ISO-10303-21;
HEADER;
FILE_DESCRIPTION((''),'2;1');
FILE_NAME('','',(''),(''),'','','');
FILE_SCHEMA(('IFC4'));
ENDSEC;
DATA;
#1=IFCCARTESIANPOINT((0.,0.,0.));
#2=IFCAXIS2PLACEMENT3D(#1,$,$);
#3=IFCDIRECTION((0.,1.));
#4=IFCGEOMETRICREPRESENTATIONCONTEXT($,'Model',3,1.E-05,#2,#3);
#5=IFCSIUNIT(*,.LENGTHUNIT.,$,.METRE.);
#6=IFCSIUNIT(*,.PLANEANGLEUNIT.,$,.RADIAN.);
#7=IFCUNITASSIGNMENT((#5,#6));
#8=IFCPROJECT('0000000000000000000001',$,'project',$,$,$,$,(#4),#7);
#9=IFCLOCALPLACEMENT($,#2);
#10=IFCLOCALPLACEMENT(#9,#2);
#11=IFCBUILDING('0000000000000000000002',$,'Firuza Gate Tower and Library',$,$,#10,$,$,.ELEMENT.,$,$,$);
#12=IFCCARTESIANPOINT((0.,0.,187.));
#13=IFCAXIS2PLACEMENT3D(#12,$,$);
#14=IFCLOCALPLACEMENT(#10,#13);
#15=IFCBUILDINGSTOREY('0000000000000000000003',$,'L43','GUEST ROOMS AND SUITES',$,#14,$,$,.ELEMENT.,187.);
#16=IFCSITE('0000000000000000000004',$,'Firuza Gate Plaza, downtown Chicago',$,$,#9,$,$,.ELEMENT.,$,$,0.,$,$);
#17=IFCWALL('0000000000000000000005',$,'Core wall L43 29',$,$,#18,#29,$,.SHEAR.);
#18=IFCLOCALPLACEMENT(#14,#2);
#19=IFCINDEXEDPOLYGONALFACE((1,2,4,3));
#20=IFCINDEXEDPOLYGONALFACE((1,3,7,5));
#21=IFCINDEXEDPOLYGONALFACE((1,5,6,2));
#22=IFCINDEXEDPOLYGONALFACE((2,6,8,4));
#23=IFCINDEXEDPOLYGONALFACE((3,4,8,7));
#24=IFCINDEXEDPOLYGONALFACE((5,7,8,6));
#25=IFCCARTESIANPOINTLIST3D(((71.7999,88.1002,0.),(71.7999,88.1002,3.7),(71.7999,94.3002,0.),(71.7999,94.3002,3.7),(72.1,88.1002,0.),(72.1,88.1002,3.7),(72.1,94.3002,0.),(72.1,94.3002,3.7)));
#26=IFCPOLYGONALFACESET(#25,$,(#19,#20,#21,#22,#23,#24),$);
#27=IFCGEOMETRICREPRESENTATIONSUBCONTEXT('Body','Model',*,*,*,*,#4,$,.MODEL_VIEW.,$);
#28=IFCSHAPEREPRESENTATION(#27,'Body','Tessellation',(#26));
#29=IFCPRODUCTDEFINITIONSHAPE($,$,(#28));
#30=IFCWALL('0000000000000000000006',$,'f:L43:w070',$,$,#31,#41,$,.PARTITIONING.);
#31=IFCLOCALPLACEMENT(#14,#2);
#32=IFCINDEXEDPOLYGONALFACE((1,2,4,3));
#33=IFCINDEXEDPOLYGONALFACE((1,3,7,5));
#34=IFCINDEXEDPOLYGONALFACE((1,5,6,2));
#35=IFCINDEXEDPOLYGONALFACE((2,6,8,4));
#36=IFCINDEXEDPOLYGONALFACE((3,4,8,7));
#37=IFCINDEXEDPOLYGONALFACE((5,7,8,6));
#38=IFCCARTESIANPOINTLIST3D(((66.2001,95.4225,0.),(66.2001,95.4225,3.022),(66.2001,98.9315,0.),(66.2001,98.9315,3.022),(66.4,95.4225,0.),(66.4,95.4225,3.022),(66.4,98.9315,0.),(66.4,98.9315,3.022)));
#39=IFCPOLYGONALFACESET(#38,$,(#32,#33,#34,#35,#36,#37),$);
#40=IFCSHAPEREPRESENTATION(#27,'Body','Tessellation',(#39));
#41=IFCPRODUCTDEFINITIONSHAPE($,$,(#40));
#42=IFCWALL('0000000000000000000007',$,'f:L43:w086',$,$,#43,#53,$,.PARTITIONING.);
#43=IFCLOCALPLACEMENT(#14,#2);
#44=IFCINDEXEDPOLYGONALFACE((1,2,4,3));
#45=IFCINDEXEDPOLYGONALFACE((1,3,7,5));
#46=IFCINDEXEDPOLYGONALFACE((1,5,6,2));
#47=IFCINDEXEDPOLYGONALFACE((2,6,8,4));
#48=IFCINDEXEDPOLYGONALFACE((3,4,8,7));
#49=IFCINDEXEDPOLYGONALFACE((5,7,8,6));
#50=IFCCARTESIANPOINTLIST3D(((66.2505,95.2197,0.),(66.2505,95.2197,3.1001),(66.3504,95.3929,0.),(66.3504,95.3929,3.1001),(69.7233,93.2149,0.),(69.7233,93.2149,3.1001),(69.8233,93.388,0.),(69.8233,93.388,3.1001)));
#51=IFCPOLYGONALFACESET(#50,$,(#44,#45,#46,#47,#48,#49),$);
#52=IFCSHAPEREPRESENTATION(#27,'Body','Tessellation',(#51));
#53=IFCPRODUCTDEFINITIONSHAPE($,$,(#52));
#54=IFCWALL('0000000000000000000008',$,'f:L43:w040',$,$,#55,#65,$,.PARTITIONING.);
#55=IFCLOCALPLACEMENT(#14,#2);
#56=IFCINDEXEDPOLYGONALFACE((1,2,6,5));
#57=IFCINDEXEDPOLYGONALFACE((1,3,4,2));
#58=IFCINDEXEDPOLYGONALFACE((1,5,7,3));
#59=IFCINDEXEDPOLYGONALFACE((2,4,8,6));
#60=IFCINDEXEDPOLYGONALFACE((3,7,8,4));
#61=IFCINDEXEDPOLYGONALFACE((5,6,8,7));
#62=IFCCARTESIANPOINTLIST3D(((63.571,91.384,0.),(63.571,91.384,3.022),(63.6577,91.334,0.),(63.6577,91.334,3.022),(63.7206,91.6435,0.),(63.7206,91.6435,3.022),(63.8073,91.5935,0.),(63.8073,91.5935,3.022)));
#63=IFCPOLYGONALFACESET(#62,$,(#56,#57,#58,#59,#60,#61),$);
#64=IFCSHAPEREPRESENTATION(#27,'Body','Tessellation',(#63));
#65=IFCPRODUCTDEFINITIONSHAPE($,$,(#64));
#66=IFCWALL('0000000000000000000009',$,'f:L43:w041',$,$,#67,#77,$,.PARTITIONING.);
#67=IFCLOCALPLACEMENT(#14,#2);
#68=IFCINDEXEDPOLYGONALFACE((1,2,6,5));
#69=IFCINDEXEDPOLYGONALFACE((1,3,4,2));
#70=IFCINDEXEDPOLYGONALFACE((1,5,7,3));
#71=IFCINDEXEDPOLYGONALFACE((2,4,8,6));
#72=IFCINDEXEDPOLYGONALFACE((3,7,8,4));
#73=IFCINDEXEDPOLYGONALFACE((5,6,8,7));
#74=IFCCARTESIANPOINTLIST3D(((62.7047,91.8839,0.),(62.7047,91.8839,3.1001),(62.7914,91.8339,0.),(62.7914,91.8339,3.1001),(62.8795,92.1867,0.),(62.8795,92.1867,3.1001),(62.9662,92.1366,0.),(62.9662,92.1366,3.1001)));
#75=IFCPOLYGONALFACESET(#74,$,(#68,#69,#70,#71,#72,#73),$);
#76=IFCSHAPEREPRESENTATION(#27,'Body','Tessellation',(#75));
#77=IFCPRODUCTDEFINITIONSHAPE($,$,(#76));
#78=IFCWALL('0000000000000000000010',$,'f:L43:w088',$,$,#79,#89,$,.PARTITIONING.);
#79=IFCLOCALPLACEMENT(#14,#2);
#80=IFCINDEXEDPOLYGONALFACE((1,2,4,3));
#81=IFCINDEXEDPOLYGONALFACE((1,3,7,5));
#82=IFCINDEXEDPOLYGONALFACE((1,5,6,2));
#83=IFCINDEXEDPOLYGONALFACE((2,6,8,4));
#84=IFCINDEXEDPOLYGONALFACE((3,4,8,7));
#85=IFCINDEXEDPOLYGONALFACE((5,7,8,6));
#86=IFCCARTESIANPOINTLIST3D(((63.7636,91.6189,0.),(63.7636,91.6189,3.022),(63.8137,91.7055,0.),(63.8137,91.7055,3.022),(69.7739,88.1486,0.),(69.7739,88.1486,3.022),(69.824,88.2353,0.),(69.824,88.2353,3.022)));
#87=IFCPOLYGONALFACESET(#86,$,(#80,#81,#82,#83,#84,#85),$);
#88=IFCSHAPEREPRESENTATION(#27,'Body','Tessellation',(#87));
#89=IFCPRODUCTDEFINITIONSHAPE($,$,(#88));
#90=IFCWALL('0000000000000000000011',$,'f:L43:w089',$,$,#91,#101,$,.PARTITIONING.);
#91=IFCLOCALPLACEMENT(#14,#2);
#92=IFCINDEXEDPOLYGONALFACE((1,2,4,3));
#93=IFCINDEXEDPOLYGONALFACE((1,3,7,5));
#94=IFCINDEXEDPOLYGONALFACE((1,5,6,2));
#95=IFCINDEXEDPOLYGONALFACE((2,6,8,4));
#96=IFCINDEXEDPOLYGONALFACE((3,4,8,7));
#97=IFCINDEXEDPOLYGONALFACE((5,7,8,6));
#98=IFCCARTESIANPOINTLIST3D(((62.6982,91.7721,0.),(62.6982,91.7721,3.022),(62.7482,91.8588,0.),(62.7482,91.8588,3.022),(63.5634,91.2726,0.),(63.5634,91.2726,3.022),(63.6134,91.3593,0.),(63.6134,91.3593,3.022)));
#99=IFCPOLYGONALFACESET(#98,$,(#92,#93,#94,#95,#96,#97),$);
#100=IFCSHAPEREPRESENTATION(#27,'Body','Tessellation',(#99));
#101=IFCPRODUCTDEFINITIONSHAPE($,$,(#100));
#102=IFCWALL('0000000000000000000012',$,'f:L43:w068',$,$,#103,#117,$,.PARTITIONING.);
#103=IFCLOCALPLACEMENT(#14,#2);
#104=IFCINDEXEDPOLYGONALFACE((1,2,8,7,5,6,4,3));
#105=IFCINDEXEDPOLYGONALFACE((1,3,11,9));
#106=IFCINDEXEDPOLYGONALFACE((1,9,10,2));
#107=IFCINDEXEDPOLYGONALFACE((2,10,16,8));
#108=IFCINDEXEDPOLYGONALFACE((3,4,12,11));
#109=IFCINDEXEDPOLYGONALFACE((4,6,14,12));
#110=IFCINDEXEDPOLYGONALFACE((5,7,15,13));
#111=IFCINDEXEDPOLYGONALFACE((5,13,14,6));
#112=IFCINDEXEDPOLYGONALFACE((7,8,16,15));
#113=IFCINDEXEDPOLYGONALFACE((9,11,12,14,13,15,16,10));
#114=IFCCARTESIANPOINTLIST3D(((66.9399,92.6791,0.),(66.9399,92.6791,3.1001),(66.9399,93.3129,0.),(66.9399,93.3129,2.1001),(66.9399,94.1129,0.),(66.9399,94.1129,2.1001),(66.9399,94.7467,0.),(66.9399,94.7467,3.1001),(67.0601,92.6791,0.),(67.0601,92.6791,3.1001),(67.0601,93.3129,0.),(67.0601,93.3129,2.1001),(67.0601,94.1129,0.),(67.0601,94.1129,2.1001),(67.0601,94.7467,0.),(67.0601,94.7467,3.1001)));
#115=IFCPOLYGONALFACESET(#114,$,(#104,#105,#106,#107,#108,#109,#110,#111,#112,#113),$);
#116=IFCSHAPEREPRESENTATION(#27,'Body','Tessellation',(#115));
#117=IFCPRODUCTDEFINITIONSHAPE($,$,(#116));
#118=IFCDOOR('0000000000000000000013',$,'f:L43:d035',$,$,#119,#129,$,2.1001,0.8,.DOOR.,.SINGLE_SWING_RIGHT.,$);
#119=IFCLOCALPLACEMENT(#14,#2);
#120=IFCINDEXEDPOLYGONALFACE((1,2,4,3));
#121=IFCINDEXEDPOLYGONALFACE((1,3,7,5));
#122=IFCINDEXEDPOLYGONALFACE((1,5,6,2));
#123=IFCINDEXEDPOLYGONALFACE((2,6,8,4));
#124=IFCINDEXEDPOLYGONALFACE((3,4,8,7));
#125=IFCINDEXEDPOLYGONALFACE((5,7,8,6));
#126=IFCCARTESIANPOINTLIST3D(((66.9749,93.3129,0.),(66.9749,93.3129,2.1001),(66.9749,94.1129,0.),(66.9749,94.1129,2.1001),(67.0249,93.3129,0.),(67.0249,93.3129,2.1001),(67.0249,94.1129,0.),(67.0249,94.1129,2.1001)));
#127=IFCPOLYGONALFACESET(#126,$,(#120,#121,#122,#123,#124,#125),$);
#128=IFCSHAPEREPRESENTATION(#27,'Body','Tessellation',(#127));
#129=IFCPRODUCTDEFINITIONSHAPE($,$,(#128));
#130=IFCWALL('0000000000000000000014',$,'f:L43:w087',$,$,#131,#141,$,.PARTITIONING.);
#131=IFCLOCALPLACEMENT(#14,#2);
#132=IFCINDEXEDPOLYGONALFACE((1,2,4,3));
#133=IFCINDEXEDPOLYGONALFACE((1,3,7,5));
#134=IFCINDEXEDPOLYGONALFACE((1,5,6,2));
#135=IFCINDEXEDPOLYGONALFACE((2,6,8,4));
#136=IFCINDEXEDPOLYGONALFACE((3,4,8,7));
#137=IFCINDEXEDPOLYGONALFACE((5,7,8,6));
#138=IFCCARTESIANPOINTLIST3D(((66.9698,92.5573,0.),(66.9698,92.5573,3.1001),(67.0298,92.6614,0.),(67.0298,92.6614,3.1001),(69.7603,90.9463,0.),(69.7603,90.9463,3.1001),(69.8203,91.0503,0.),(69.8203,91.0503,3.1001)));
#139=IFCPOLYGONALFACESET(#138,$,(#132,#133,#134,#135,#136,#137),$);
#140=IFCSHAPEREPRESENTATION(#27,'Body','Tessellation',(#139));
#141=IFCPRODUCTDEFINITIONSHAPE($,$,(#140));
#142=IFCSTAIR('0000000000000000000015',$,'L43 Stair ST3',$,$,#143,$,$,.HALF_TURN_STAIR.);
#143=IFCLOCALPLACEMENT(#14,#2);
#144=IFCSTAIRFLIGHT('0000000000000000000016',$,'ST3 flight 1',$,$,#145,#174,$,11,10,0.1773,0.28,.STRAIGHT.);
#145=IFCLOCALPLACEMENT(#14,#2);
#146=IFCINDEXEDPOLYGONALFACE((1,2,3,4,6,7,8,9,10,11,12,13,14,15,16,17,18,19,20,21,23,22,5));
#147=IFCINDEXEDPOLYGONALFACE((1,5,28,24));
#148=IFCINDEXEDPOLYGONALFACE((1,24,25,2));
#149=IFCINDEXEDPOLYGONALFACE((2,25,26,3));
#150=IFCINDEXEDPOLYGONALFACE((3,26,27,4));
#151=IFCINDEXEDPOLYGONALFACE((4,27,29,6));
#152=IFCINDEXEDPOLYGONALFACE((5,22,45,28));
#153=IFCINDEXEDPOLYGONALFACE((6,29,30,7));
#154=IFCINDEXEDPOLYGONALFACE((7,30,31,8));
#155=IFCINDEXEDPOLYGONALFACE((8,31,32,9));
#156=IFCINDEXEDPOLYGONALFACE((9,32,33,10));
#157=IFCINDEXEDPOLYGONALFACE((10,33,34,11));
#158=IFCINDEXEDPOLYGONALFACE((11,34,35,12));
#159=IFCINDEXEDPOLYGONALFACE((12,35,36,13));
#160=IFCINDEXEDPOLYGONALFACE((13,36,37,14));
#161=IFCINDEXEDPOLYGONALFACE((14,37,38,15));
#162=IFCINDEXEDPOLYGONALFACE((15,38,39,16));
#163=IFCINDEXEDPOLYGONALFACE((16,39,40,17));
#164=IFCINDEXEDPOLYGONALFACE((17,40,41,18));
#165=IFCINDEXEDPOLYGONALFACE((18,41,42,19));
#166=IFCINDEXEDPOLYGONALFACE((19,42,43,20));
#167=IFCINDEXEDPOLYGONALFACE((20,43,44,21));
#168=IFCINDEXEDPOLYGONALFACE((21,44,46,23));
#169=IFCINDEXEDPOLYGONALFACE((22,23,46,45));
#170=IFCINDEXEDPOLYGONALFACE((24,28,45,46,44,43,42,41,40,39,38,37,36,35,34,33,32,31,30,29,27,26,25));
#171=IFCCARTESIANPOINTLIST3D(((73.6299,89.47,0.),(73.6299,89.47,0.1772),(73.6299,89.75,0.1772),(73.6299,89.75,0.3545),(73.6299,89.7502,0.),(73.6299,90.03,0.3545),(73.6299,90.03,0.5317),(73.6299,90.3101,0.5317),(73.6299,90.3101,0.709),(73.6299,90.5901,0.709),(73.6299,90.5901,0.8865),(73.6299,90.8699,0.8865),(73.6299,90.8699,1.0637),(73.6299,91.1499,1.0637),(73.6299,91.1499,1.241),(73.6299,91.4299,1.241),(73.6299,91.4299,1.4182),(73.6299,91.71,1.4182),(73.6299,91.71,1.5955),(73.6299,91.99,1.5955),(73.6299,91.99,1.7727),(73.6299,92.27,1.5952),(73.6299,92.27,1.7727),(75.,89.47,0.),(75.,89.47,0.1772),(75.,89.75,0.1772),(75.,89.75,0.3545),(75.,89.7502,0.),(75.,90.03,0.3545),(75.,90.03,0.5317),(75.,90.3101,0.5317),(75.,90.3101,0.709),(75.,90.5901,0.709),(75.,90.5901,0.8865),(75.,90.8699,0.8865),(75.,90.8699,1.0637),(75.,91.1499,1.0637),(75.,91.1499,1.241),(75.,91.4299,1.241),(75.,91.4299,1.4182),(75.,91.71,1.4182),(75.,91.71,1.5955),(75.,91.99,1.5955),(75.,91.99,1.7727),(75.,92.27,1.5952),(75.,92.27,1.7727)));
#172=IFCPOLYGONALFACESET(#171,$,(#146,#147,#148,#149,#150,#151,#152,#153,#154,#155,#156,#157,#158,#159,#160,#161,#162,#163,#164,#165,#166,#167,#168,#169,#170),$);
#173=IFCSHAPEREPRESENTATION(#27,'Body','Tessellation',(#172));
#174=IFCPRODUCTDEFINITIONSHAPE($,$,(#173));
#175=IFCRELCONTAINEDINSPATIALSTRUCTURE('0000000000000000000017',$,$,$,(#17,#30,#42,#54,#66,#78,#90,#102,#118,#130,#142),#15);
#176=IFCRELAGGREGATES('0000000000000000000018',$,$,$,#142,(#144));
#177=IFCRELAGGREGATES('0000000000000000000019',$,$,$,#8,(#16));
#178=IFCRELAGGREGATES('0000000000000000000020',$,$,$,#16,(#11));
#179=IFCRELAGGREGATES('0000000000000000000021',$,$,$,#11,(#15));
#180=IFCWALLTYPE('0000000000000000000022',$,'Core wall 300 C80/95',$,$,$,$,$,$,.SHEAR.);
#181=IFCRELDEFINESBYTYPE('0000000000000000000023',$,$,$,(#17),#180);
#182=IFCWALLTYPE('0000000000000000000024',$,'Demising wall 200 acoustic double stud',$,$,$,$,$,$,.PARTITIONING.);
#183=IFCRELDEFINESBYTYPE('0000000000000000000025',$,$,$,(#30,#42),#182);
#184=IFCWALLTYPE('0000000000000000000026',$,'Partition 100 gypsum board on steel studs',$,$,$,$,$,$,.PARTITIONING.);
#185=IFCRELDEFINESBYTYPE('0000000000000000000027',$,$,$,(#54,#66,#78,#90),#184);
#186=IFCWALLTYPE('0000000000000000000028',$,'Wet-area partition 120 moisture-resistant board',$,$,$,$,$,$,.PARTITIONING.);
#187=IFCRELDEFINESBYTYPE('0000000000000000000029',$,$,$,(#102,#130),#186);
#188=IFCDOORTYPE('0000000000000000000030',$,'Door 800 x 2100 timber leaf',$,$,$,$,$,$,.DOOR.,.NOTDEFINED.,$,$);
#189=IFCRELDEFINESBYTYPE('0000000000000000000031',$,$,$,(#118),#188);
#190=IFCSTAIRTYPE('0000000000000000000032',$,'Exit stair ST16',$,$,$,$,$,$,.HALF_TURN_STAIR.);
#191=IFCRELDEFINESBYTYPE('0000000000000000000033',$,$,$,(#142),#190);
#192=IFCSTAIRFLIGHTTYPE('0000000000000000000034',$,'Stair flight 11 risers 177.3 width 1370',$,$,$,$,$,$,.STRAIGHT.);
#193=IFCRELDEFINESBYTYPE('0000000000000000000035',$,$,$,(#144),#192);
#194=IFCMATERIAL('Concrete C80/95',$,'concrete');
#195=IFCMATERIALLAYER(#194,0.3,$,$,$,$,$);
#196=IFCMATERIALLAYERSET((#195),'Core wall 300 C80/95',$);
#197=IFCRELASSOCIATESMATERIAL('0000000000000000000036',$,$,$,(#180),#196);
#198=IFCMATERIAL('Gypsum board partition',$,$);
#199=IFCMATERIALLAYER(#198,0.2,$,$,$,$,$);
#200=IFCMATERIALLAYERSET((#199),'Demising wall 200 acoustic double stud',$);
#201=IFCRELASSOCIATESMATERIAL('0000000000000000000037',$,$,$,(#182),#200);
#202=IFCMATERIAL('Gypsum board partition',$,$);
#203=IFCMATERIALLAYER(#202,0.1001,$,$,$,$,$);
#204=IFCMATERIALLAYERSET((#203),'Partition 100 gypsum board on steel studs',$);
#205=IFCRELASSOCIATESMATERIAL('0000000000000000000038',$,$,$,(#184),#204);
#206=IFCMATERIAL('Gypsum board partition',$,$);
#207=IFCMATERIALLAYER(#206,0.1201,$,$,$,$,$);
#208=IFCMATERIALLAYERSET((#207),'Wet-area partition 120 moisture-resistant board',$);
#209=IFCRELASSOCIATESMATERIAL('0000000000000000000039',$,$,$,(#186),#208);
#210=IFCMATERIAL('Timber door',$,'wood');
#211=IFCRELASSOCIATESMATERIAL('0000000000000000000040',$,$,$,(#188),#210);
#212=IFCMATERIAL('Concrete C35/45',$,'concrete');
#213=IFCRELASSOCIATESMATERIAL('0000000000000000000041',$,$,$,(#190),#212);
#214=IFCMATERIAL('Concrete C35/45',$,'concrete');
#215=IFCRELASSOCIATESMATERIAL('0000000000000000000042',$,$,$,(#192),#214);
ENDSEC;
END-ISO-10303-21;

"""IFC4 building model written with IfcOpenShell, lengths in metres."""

from ifc_helpers import new_model, si_unit, direction, frame, frame_2d, origin, place, context, subcontext, project, spatial, polyline, rectangle, outline, extrude, material, layer, layer_set, type_object, element, fill, aggregate, save


model = new_model("IFC4")

# Units and contexts
model_context = context("Model", 3, precision=1e-05, world=origin(), true_north=direction((0.0, 1.0)))
body_context = subcontext(model_context, "Body", "Model", "MODEL_VIEW")
ifc_project = project(units=[si_unit("LENGTHUNIT", "METRE"), si_unit("PLANEANGLEUNIT", "RADIAN")], contexts=[model_context])

# Site, building, storey
site_placement = place(None, origin())
site = spatial("IfcSite", under=ifc_project, at=site_placement, Name="Firuza Gate Plaza, downtown Chicago", CompositionType="ELEMENT", RefElevation=0.0)
building_placement = place(site_placement, origin())
building = spatial("IfcBuilding", under=site, at=building_placement, Name="Firuza Gate Tower and Library", CompositionType="ELEMENT")
storey_placement = place(building_placement, frame((0.0, 0.0, 187.0)))
storey = spatial("IfcBuildingStorey", under=building, at=storey_placement, Name="L43", Description="GUEST ROOMS AND SUITES", CompositionType="ELEMENT", Elevation=187.0)

# Shared definitions
ifc_material_1 = material(Name="Concrete C80/95", Category="concrete")
ifc_layer_1 = layer(ifc_material_1, 0.3)
ifc_layer_set_1 = layer_set([ifc_layer_1], Name="Core wall 300 C80/95")
wall_type_1 = type_object("IfcWallType", Name="Core wall 300 C80/95", PredefinedType="SHEAR", material=ifc_layer_set_1)

# Walls
wall_1_placement = place(storey_placement, frame((71.95, 88.1001, 0.0), z_axis=(0.0, 0.0, 1.0), x_axis=(0.0, 1.0, 0.0)))
element("IfcWall", 1, at=wall_1_placement, inside=storey, type_object=wall_type_1, Name="Core wall L43 29", PredefinedType="SHEAR", context=body_context, shape_type="SweptSolid", body=[
    extrude(rectangle(XDim=6.2, YDim=0.3, at=frame_2d((3.1001, 0.0))), origin(), (0.0, 0.0, 1.0), 3.7),
])
ifc_material_2 = material(Name="Gypsum board partition")
ifc_layer_2 = layer(ifc_material_2, 0.2)
ifc_layer_set_2 = layer_set([ifc_layer_2], Name="Demising wall 200 acoustic double stud")
wall_type_2 = type_object("IfcWallType", Name="Demising wall 200 acoustic double stud", PredefinedType="PARTITIONING", material=ifc_layer_set_2)
wall_2_placement = place(storey_placement, frame((66.3, 95.4226, 0.0), z_axis=(0.0, 0.0, 1.0), x_axis=(0.0, 1.0, 0.0)))
element("IfcWall", 2, at=wall_2_placement, inside=storey, type_object=wall_type_2, Name="f:L43:w070", PredefinedType="PARTITIONING", context=body_context, shape_type="SweptSolid", body=[
    extrude(rectangle(XDim=3.509, YDim=0.2, at=frame_2d((1.7544, 0.0))), origin(), (0.0, 0.0, 1.0), 3.022),
])
wall_3_placement = place(storey_placement, frame((69.7732, 93.3015, 0.0), z_axis=(0.0, 0.0, 1.0), x_axis=(-0.866047, 0.499963, 0.0)))
element("IfcWall", 3, at=wall_3_placement, inside=storey, type_object=wall_type_2, Name="f:L43:w086", PredefinedType="PARTITIONING", context=body_context, shape_type="SweptSolid", body=[
    extrude(rectangle(XDim=4.01, YDim=0.2, at=frame_2d((2.0049, 0.0))), origin(), (0.0, 0.0, 1.0), 3.1001),
])
ifc_material_3 = material(Name="Gypsum board partition")
ifc_layer_3 = layer(ifc_material_3, 0.1001)
ifc_layer_set_3 = layer_set([ifc_layer_3], Name="Partition 100 gypsum board on steel studs")
wall_type_3 = type_object("IfcWallType", Name="Partition 100 gypsum board on steel studs", PredefinedType="PARTITIONING", material=ifc_layer_set_3)
wall_4_placement = place(storey_placement, frame((63.6143, 91.3589, 0.0), z_axis=(0.0, 0.0, 1.0), x_axis=(0.499558, 0.866281, 0.0)))
element("IfcWall", 4, at=wall_4_placement, inside=storey, type_object=wall_type_3, Name="f:L43:w040", PredefinedType="PARTITIONING", context=body_context, shape_type="SweptSolid", body=[
    extrude(rectangle(XDim=0.2996, YDim=0.1001, at=frame_2d((0.1499, 0.0))), origin(), (0.0, 0.0, 1.0), 3.022),
])
wall_5_placement = place(storey_placement, frame((62.748, 91.8589, 0.0), z_axis=(0.0, 0.0, 1.0), x_axis=(0.500045, 0.865999, 0.0)))
element("IfcWall", 5, at=wall_5_placement, inside=storey, type_object=wall_type_3, Name="f:L43:w041", PredefinedType="PARTITIONING", context=body_context, shape_type="SweptSolid", body=[
    extrude(rectangle(XDim=0.3496, YDim=0.1001, at=frame_2d((0.1748, 0.0))), origin(), (0.0, 0.0, 1.0), 3.1001),
])
wall_6_placement = place(storey_placement, frame((69.7991, 88.1919, 0.0), z_axis=(0.0, 0.0, 1.0), x_axis=(-0.866013, 0.500021, 0.0)))
element("IfcWall", 6, at=wall_6_placement, inside=storey, type_object=wall_type_3, Name="f:L43:w088", PredefinedType="PARTITIONING", context=body_context, shape_type="SweptSolid", body=[
    extrude(rectangle(XDim=6.9402, YDim=0.1001, at=frame_2d((3.4702, 0.0))), origin(), (0.0, 0.0, 1.0), 3.022),
])
wall_7_placement = place(storey_placement, frame((63.5884, 91.3159, 0.0), z_axis=(0.0, 0.0, 1.0), x_axis=(-0.866039, 0.499976, 0.0)))
element("IfcWall", 7, at=wall_7_placement, inside=storey, type_object=wall_type_3, Name="f:L43:w089", PredefinedType="PARTITIONING", context=body_context, shape_type="SweptSolid", body=[
    extrude(rectangle(XDim=0.999, YDim=0.1001, at=frame_2d((0.4995, 0.0))), origin(), (0.0, 0.0, 1.0), 3.022),
])

# Wall, opening, door
ifc_material_4 = material(Name="Gypsum board partition")
ifc_layer_4 = layer(ifc_material_4, 0.1201)
ifc_layer_set_4 = layer_set([ifc_layer_4], Name="Wet-area partition 120 moisture-resistant board")
wall_type_4 = type_object("IfcWallType", Name="Wet-area partition 120 moisture-resistant board", PredefinedType="PARTITIONING", material=ifc_layer_set_4)
wall_8_placement = place(storey_placement, frame((67.0, 94.7466, 0.0), z_axis=(0.0, 0.0, 1.0), x_axis=(0.0, -1.0, 0.0)))
wall_8 = element("IfcWall", 8, at=wall_8_placement, inside=storey, type_object=wall_type_4, Name="f:L43:w068", PredefinedType="PARTITIONING", context=body_context, shape_type="SweptSolid", body=[
    extrude(rectangle(XDim=2.0676, YDim=0.1201, at=frame_2d((1.0337, 0.0))), origin(), (0.0, 0.0, 1.0), 3.1001),
])
opening_1_placement = place(wall_8_placement, frame((0.6338, 0.0, 0.0)))
opening_1 = element("IfcOpeningElement", 9, at=opening_1_placement, cuts=wall_8, PredefinedType="OPENING", context=body_context, shape_type="SweptSolid", body=[
    extrude(rectangle(XDim=0.8, YDim=2.1001, at=frame_2d((0.3999, 1.05))), frame((0.0, 0.0701, 0.0), z_axis=(0.0, -1.0, 0.0), x_axis=(1.0, 0.0, 0.0)), (0.0, 0.0, 1.0), 0.1401),
])
ifc_material_5 = material(Name="Timber door", Category="wood")
door_type_1 = type_object("IfcDoorType", Name="Door 800 x 2100 timber leaf", OperationType="NOTDEFINED", PredefinedType="DOOR", material=ifc_material_5)
door_1_placement = place(opening_1_placement, origin())
door_1 = element("IfcDoor", 10, at=door_1_placement, inside=storey, type_object=door_type_1, Name="f:L43:d035", OperationType="SINGLE_SWING_RIGHT", OverallHeight=2.1001, OverallWidth=0.8, PredefinedType="DOOR", context=body_context, shape_type="SweptSolid", body=[
    extrude(rectangle(XDim=0.8, YDim=2.1001, at=frame_2d((0.3999, 1.05))), frame((0.0, 0.0249, 0.0), z_axis=(0.0, -1.0, 0.0), x_axis=(1.0, 0.0, 0.0)), (0.0, 0.0, 1.0), 0.05),
])
fill(opening_1, door_1)

# Wall
wall_9_placement = place(storey_placement, frame((69.7903, 90.9983, 0.0), z_axis=(0.0, 0.0, 1.0), x_axis=(-0.866029, 0.499994, 0.0)))
element("IfcWall", 11, at=wall_9_placement, inside=storey, type_object=wall_type_4, Name="f:L43:w087", PredefinedType="PARTITIONING", context=body_context, shape_type="SweptSolid", body=[
    extrude(rectangle(XDim=3.2222, YDim=0.1201, at=frame_2d((1.6111, 0.0))), origin(), (0.0, 0.0, 1.0), 3.1001),
])

# Stair, stair flight
ifc_material_6 = material(Name="Concrete C35/45", Category="concrete")
stair_type = type_object("IfcStairType", Name="Exit stair ST16", PredefinedType="HALF_TURN_STAIR", material=ifc_material_6)
stair_placement = place(storey_placement, origin())
stair = element("IfcStair", 12, at=stair_placement, inside=storey, type_object=stair_type, Name="L43 Stair ST3", PredefinedType="HALF_TURN_STAIR")
ifc_material_7 = material(Name="Concrete C35/45", Category="concrete")
stair_flight_type = type_object("IfcStairFlightType", Name="Stair flight 11 risers 177.3 width 1370", PredefinedType="STRAIGHT", material=ifc_material_7)
stair_flight_1_placement = place(storey_placement, frame((74.3149, 89.47, 0.0), z_axis=(0.0, 0.0, 1.0), x_axis=(0.0, 1.0, 0.0)))
stair_flight_1 = element("IfcStairFlight", 13, at=stair_flight_1_placement, type_object=stair_flight_type, Name="ST3 flight 1", NumberOfRisers=11, NumberOfTreads=10, PredefinedType="STRAIGHT", RiserHeight=0.1773, TreadLength=0.28, context=body_context, shape_type="SweptSolid", body=[
    extrude(outline(polyline([(0.0, 0.0), (0.0, 0.1772), (0.28, 0.1772), (0.28, 0.3545), (0.5601, 0.3545), (0.5601, 0.5317), (0.8401, 0.5317), (0.8401, 0.709), (1.1201, 0.709), (1.1201, 0.8865), (1.3999, 0.8865), (1.3999, 1.0637), (1.6799, 1.0637), (1.6799, 1.241), (1.96, 1.241), (1.96, 1.4182), (2.24, 1.4182), (2.24, 1.5955), (2.52, 1.5955), (2.52, 1.7727), (2.8, 1.7727), (2.8, 1.95), (2.8, 1.5952), (0.2803, 0.0), (0.0, 0.0)])), frame((0.0, 0.6851, 0.0), z_axis=(0.0, -1.0, 0.0), x_axis=(1.0, 0.0, 0.0)), (0.0, 0.0, 1.0), 1.3701),
])
aggregate(stair, [stair_flight_1])

save(model, "model.ifc")
